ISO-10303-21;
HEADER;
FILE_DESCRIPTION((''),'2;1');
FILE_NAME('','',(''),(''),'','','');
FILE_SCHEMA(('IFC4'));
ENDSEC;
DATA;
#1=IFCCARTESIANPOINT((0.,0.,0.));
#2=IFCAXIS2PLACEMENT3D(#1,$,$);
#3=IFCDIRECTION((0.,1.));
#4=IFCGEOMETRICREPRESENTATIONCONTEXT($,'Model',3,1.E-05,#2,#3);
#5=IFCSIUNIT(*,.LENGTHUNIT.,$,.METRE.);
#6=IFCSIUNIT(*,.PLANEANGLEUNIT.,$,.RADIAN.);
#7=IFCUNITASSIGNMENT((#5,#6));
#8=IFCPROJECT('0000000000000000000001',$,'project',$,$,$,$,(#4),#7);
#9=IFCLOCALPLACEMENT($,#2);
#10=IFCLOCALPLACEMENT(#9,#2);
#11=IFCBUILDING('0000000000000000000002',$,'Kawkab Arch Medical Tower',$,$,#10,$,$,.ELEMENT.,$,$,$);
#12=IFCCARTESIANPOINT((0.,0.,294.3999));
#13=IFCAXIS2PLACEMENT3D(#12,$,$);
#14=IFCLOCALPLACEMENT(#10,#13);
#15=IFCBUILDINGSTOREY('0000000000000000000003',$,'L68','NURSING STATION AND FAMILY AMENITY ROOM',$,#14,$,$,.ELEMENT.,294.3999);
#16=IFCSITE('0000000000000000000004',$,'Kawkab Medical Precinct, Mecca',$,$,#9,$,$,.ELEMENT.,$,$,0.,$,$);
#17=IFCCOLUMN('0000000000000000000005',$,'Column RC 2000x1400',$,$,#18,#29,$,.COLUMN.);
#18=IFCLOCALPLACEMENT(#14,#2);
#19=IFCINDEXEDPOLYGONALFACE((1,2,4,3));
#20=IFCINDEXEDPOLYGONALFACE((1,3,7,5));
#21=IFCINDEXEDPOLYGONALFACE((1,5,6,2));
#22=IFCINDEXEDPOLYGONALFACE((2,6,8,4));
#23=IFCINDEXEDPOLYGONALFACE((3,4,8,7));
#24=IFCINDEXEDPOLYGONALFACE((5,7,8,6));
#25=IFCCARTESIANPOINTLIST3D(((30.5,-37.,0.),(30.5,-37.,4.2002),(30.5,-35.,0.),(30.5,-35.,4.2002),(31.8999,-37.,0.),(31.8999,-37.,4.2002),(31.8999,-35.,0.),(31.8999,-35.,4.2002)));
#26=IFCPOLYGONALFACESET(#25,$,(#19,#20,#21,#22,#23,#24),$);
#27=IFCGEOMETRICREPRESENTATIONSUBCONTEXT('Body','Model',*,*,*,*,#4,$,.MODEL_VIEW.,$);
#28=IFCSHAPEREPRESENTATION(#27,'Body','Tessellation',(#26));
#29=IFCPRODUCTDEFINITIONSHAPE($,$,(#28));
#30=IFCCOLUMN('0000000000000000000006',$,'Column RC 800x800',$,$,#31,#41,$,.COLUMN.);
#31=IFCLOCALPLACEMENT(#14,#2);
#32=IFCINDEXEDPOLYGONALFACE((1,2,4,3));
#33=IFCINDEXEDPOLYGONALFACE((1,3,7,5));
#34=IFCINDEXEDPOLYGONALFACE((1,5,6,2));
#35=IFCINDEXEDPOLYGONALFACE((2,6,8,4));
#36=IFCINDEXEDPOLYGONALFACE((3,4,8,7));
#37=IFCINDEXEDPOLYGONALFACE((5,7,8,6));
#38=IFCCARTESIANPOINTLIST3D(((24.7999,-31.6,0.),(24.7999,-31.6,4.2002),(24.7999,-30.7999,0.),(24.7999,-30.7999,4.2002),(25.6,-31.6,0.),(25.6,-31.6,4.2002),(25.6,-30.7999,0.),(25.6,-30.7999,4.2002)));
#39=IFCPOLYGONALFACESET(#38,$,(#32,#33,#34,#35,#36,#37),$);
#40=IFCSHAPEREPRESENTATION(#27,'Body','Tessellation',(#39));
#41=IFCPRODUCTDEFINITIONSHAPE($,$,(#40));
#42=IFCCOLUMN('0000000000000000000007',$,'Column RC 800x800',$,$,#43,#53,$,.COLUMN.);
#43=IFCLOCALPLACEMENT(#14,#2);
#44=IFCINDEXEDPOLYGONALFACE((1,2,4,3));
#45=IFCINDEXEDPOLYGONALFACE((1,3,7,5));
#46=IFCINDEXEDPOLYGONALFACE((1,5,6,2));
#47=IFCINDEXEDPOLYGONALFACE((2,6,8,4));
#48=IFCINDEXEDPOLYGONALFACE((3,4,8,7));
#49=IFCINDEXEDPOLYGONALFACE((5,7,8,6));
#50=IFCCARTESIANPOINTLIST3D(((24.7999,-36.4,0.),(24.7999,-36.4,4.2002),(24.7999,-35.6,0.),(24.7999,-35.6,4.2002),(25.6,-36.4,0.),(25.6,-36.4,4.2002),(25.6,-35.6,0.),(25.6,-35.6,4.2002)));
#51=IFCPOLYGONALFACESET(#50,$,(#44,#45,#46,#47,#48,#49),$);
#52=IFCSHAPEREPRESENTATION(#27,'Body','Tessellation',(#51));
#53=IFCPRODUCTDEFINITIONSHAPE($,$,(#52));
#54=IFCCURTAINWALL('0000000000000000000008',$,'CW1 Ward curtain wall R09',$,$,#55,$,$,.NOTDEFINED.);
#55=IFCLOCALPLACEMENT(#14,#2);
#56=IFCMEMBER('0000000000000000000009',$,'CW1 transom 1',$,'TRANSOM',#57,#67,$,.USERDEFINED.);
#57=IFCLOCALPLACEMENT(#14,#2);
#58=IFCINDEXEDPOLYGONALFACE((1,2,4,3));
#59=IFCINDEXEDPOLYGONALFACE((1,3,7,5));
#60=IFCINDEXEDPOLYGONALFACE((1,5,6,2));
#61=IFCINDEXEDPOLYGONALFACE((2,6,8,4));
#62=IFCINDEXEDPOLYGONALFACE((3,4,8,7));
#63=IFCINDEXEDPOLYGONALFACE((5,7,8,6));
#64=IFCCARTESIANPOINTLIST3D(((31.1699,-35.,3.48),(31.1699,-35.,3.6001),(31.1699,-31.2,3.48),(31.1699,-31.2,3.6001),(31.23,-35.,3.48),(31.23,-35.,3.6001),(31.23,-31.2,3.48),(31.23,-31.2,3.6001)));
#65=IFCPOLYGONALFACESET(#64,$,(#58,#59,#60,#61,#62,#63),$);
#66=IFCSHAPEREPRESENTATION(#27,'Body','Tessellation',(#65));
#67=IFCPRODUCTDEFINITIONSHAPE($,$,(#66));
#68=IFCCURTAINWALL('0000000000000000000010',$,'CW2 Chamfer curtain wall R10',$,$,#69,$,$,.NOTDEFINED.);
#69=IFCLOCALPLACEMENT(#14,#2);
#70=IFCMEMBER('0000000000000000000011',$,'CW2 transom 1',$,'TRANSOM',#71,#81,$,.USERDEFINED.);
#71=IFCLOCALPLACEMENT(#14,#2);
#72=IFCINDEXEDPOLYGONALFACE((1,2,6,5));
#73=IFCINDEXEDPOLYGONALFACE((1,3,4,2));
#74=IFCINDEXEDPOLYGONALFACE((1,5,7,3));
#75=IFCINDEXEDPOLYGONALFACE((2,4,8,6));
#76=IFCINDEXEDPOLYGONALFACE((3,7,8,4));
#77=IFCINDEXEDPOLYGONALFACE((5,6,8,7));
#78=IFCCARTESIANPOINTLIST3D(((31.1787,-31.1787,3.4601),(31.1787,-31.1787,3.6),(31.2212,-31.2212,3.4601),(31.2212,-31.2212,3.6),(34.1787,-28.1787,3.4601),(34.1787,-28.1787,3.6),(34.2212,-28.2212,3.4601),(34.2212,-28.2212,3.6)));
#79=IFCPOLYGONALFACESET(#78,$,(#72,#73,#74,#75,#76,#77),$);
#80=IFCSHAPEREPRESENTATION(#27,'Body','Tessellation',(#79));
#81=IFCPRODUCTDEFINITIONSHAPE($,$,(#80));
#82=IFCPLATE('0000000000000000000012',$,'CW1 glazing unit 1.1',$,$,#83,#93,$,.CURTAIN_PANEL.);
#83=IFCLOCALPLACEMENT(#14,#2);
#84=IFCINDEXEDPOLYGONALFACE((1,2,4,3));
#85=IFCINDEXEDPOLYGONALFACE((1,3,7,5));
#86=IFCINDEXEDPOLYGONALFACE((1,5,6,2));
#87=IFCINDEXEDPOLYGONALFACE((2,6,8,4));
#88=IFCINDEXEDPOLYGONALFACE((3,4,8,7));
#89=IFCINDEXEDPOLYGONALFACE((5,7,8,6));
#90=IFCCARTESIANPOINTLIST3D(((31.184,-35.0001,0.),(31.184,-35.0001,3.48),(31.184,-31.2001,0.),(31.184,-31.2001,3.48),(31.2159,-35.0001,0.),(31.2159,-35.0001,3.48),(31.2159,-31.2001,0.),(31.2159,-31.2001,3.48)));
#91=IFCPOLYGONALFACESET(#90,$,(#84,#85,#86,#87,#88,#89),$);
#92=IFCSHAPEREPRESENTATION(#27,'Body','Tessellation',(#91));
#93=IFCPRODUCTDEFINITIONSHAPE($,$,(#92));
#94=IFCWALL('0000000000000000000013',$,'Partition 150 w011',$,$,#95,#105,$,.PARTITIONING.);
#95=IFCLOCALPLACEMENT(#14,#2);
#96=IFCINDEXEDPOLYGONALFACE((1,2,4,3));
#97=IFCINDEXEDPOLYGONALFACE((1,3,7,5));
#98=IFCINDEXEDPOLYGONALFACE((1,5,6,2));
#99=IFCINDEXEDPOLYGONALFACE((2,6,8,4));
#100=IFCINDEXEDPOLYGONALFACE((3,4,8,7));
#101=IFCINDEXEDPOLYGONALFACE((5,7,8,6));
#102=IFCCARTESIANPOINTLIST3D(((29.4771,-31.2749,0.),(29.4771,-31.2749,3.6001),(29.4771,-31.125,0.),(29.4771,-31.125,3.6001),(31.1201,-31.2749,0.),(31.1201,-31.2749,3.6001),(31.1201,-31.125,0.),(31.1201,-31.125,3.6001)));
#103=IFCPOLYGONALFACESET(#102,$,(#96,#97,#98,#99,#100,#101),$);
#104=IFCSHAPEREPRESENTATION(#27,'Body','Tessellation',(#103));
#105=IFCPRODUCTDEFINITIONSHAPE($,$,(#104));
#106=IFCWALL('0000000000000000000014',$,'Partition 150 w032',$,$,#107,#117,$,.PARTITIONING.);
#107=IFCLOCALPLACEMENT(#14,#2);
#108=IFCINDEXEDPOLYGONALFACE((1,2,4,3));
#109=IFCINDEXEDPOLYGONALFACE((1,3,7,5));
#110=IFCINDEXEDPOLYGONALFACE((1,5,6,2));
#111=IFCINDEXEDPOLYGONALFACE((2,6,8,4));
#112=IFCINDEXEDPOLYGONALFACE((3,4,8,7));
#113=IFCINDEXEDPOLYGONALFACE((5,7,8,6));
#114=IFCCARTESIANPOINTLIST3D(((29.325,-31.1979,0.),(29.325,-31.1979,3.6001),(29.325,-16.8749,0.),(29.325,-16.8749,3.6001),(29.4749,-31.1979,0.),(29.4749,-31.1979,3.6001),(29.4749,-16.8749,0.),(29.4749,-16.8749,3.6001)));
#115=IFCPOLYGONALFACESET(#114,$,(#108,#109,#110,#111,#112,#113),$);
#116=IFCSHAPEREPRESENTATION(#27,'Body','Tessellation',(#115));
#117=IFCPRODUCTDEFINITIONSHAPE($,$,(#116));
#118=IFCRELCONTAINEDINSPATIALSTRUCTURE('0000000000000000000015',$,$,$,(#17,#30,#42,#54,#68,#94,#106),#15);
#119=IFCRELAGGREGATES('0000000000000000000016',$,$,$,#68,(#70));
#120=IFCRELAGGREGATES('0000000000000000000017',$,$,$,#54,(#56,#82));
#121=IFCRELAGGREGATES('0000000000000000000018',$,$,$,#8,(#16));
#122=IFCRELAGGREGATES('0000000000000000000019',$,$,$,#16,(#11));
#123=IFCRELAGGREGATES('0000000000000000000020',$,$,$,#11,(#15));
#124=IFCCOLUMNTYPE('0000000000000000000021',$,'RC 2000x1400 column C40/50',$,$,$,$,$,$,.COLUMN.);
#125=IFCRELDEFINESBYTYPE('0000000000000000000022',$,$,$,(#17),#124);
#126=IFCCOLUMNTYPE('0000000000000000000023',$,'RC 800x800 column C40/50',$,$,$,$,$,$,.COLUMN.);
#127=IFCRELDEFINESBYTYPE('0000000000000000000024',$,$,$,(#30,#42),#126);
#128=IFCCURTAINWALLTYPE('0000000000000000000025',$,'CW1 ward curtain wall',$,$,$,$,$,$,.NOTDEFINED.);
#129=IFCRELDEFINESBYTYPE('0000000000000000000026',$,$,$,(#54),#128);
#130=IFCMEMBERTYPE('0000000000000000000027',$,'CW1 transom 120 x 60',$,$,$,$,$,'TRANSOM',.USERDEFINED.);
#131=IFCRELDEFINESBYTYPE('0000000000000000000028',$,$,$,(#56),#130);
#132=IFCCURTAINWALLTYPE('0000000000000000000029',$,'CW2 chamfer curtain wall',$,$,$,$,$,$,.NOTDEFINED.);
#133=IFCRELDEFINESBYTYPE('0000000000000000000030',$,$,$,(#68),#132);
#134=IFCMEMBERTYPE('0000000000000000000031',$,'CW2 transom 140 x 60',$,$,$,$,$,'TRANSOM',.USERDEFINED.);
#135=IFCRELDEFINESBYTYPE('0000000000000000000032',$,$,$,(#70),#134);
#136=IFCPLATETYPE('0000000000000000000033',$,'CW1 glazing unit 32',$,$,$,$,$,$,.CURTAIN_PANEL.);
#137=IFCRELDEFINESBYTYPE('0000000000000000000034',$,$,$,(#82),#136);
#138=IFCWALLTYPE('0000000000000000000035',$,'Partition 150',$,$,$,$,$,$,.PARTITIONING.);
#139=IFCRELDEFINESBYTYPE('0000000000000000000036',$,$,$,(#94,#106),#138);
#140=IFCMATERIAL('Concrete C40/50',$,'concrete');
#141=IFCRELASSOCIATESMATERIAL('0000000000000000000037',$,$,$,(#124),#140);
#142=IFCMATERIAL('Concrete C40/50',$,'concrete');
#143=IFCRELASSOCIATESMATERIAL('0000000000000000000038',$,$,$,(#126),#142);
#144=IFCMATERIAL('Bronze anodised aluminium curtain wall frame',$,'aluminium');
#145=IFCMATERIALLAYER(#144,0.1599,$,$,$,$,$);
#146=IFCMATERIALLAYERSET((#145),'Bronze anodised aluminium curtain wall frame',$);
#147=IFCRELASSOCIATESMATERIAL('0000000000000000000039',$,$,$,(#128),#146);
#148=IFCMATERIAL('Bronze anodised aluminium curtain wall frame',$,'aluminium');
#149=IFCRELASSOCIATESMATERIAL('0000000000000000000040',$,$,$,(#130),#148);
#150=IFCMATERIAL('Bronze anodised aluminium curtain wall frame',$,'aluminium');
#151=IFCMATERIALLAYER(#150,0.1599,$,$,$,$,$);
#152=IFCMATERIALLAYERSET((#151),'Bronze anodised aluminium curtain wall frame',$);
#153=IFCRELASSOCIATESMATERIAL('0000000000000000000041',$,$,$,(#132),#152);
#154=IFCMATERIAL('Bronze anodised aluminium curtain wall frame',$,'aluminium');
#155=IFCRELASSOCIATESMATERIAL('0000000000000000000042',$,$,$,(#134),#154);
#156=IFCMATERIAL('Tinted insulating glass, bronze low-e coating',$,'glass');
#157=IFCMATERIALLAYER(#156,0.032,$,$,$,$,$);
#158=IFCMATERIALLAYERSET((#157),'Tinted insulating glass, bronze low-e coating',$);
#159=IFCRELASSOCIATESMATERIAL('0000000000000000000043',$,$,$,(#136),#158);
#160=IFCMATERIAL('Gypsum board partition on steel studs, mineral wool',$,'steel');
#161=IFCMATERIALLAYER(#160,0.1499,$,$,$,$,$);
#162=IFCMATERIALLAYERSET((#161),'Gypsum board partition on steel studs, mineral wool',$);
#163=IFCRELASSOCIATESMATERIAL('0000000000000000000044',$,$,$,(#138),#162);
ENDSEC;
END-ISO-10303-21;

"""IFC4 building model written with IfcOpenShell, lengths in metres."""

from ifc_helpers import new_model, si_unit, direction, frame, frame_2d, origin, origin_2d, place, context, subcontext, project, spatial, rectangle, extrude, material, layer, layer_set, material_profile, profile_set, type_object, element, aggregate, save


model = new_model("IFC4")

# Units and contexts
model_context = context("Model", 3, precision=1e-05, world=origin(), true_north=direction((0.0, 1.0)))
body_context = subcontext(model_context, "Body", "Model", "MODEL_VIEW")
ifc_project = project(units=[si_unit("LENGTHUNIT", "METRE"), si_unit("PLANEANGLEUNIT", "RADIAN")], contexts=[model_context])

# Site, building, storey
site_placement = place(None, origin())
site = spatial("IfcSite", under=ifc_project, at=site_placement, Name="Kawkab Medical Precinct, Mecca", CompositionType="ELEMENT", RefElevation=0.0)
building_placement = place(site_placement, origin())
building = spatial("IfcBuilding", under=site, at=building_placement, Name="Kawkab Arch Medical Tower", CompositionType="ELEMENT")
storey_placement = place(building_placement, frame((0.0, 0.0, 294.3999)))
storey = spatial("IfcBuildingStorey", under=building, at=storey_placement, Name="L68", Description="NURSING STATION AND FAMILY AMENITY ROOM", CompositionType="ELEMENT", Elevation=294.3999)

# Columns
ifc_material_1 = material(Name="Concrete C40/50", Category="concrete")
ifc_material_profile_1 = material_profile(ifc_material_1, rectangle(XDim=2.0, YDim=1.3999, at=origin_2d()), Name="RC 2000x1400")
ifc_profile_set_1 = profile_set([ifc_material_profile_1], Name="Concrete C40/50")
column_type_1 = type_object("IfcColumnType", Name="RC 2000x1400 column C40/50", PredefinedType="COLUMN", material=ifc_profile_set_1)
column_placement = place(storey_placement, frame((31.2, -36.0, 0.0), z_axis=(0.0, 0.0, 1.0), x_axis=(0.0, -1.0, 0.0)))
element("IfcColumn", 1, at=column_placement, inside=storey, type_object=column_type_1, Name="Column RC 2000x1400", PredefinedType="COLUMN", context=body_context, shape_type="SweptSolid", body=[
    extrude(rectangle(XDim=2.0, YDim=1.3999, at=origin_2d()), origin(), (0.0, 0.0, 1.0), 4.2002),
])
ifc_material_2 = material(Name="Concrete C40/50", Category="concrete")
ifc_material_profile_2 = material_profile(ifc_material_2, rectangle(XDim=0.8, YDim=0.8, at=origin_2d()), Name="RC 800x800")
ifc_profile_set_2 = profile_set([ifc_material_profile_2], Name="Concrete C40/50")
column_type_2 = type_object("IfcColumnType", Name="RC 800x800 column C40/50", PredefinedType="COLUMN", material=ifc_profile_set_2)
for number, where, z_axis, x_axis, name in (
    (2, (25.2, -31.2, 0.0), (0.0, 0.0, 1.0), (1.0, 0.0, 0.0), "Column RC 800x800"),
    (3, (25.2, -36.0, 0.0), (0.0, 0.0, 1.0), (1.0, 0.0, 0.0), "Column RC 800x800"),
):
    element("IfcColumn", number, at=place(storey_placement, frame(where, z_axis=z_axis, x_axis=x_axis)), inside=storey, type_object=column_type_2, Name=name, PredefinedType="COLUMN", context=body_context, shape_type="SweptSolid", body=[
        extrude(rectangle(XDim=0.8, YDim=0.8, at=origin_2d()), origin(), (0.0, 0.0, 1.0), 4.2002),
    ])

# Curtain walls, members
ifc_material_3 = material(Name="Bronze anodised aluminium curtain wall frame", Category="aluminium")
ifc_layer_1 = layer(ifc_material_3, 0.1599)
ifc_layer_set_1 = layer_set([ifc_layer_1], Name="Bronze anodised aluminium curtain wall frame")
curtain_wall_type_1 = type_object("IfcCurtainWallType", Name="CW1 ward curtain wall", PredefinedType="NOTDEFINED", material=ifc_layer_set_1)
placement = place(storey_placement, origin())
curtain_wall_1 = element("IfcCurtainWall", 4, at=placement, inside=storey, type_object=curtain_wall_type_1, Name="CW1 Ward curtain wall R09", PredefinedType="NOTDEFINED")
ifc_material_4 = material(Name="Bronze anodised aluminium curtain wall frame", Category="aluminium")
ifc_material_profile_3 = material_profile(ifc_material_4, rectangle(XDim=0.0601, YDim=0.1201, at=origin_2d()), Name="AL 60x120")
ifc_profile_set_3 = profile_set([ifc_material_profile_3], Name="Bronze anodised aluminium curtain wall frame")
member_type_1 = type_object("IfcMemberType", Name="CW1 transom 120 x 60", ElementType="TRANSOM", PredefinedType="USERDEFINED", material=ifc_profile_set_3)
member_1_placement = place(storey_placement, frame((31.2, -35.0, 3.54), z_axis=(0.0, 1.0, 0.0), x_axis=(-1.0, 0.0, 0.0)))
member_1 = element("IfcMember", 5, at=member_1_placement, type_object=member_type_1, Name="CW1 transom 1", ObjectType="TRANSOM", PredefinedType="USERDEFINED", context=body_context, shape_type="SweptSolid", body=[
    extrude(rectangle(XDim=0.0601, YDim=0.1201, at=origin_2d()), origin(), (0.0, 0.0, 1.0), 3.8),
])
ifc_material_5 = material(Name="Bronze anodised aluminium curtain wall frame", Category="aluminium")
ifc_layer_2 = layer(ifc_material_5, 0.1599)
ifc_layer_set_2 = layer_set([ifc_layer_2], Name="Bronze anodised aluminium curtain wall frame")
curtain_wall_type_2 = type_object("IfcCurtainWallType", Name="CW2 chamfer curtain wall", PredefinedType="NOTDEFINED", material=ifc_layer_set_2)
curtain_wall_2 = element("IfcCurtainWall", 6, at=placement, inside=storey, type_object=curtain_wall_type_2, Name="CW2 Chamfer curtain wall R10", PredefinedType="NOTDEFINED")
ifc_material_6 = material(Name="Bronze anodised aluminium curtain wall frame", Category="aluminium")
ifc_material_profile_4 = material_profile(ifc_material_6, rectangle(XDim=0.0601, YDim=0.1399, at=origin_2d()), Name="AL 60x140")
ifc_profile_set_4 = profile_set([ifc_material_profile_4], Name="Bronze anodised aluminium curtain wall frame")
member_type_2 = type_object("IfcMemberType", Name="CW2 transom 140 x 60", ElementType="TRANSOM", PredefinedType="USERDEFINED", material=ifc_profile_set_4)
member_2_placement = place(storey_placement, frame((31.2, -31.2, 3.53), z_axis=(0.707107, 0.707107, 0.0), x_axis=(-0.707107, 0.707107, 0.0)))
member_2 = element("IfcMember", 7, at=member_2_placement, type_object=member_type_2, Name="CW2 transom 1", ObjectType="TRANSOM", PredefinedType="USERDEFINED", context=body_context, shape_type="SweptSolid", body=[
    extrude(rectangle(XDim=0.0601, YDim=0.1399, at=origin_2d()), origin(), (0.0, 0.0, 1.0), 4.2427),
])
aggregate(curtain_wall_2, [member_2])

# Plate
ifc_material_7 = material(Name="Tinted insulating glass, bronze low-e coating", Category="glass")
ifc_layer_3 = layer(ifc_material_7, 0.032)
ifc_layer_set_3 = layer_set([ifc_layer_3], Name="Tinted insulating glass, bronze low-e coating")
plate_type = type_object("IfcPlateType", Name="CW1 glazing unit 32", PredefinedType="CURTAIN_PANEL", material=ifc_layer_set_3)
plate_placement = place(storey_placement, frame((31.2, -33.1001, 0.0), z_axis=(0.0, 0.0, 1.0), x_axis=(0.0, 1.0, 0.0)))
plate = element("IfcPlate", 8, at=plate_placement, type_object=plate_type, Name="CW1 glazing unit 1.1", PredefinedType="CURTAIN_PANEL", context=body_context, shape_type="SweptSolid", body=[
    extrude(rectangle(XDim=3.8, YDim=0.032, at=origin_2d()), origin(), (0.0, 0.0, 1.0), 3.48),
])
aggregate(curtain_wall_1, [member_1, plate])

# Walls
ifc_material_8 = material(Name="Gypsum board partition on steel studs, mineral wool", Category="steel")
ifc_layer_4 = layer(ifc_material_8, 0.1499)
ifc_layer_set_4 = layer_set([ifc_layer_4], Name="Gypsum board partition on steel studs, mineral wool")
wall_type = type_object("IfcWallType", Name="Partition 150", PredefinedType="PARTITIONING", material=ifc_layer_set_4)
wall_1_placement = place(storey_placement, frame((29.4771, -31.2, 0.0), z_axis=(0.0, 0.0, 1.0), x_axis=(1.0, 0.0, 0.0)))
element("IfcWall", 9, at=wall_1_placement, inside=storey, type_object=wall_type, Name="Partition 150 w011", PredefinedType="PARTITIONING", context=body_context, shape_type="SweptSolid", body=[
    extrude(rectangle(XDim=1.6431, YDim=0.1499, at=frame_2d((0.8215, 0.0))), origin(), (0.0, 0.0, 1.0), 3.6001),
])
wall_2_placement = place(storey_placement, frame((29.3999, -31.198, 0.0), z_axis=(0.0, 0.0, 1.0), x_axis=(0.0, 1.0, 0.0)))
element("IfcWall", 10, at=wall_2_placement, inside=storey, type_object=wall_type, Name="Partition 150 w032", PredefinedType="PARTITIONING", context=body_context, shape_type="SweptSolid", body=[
    extrude(rectangle(XDim=14.323, YDim=0.1499, at=frame_2d((7.1616, 0.0))), origin(), (0.0, 0.0, 1.0), 3.6001),
])

save(model, "model.ifc")
